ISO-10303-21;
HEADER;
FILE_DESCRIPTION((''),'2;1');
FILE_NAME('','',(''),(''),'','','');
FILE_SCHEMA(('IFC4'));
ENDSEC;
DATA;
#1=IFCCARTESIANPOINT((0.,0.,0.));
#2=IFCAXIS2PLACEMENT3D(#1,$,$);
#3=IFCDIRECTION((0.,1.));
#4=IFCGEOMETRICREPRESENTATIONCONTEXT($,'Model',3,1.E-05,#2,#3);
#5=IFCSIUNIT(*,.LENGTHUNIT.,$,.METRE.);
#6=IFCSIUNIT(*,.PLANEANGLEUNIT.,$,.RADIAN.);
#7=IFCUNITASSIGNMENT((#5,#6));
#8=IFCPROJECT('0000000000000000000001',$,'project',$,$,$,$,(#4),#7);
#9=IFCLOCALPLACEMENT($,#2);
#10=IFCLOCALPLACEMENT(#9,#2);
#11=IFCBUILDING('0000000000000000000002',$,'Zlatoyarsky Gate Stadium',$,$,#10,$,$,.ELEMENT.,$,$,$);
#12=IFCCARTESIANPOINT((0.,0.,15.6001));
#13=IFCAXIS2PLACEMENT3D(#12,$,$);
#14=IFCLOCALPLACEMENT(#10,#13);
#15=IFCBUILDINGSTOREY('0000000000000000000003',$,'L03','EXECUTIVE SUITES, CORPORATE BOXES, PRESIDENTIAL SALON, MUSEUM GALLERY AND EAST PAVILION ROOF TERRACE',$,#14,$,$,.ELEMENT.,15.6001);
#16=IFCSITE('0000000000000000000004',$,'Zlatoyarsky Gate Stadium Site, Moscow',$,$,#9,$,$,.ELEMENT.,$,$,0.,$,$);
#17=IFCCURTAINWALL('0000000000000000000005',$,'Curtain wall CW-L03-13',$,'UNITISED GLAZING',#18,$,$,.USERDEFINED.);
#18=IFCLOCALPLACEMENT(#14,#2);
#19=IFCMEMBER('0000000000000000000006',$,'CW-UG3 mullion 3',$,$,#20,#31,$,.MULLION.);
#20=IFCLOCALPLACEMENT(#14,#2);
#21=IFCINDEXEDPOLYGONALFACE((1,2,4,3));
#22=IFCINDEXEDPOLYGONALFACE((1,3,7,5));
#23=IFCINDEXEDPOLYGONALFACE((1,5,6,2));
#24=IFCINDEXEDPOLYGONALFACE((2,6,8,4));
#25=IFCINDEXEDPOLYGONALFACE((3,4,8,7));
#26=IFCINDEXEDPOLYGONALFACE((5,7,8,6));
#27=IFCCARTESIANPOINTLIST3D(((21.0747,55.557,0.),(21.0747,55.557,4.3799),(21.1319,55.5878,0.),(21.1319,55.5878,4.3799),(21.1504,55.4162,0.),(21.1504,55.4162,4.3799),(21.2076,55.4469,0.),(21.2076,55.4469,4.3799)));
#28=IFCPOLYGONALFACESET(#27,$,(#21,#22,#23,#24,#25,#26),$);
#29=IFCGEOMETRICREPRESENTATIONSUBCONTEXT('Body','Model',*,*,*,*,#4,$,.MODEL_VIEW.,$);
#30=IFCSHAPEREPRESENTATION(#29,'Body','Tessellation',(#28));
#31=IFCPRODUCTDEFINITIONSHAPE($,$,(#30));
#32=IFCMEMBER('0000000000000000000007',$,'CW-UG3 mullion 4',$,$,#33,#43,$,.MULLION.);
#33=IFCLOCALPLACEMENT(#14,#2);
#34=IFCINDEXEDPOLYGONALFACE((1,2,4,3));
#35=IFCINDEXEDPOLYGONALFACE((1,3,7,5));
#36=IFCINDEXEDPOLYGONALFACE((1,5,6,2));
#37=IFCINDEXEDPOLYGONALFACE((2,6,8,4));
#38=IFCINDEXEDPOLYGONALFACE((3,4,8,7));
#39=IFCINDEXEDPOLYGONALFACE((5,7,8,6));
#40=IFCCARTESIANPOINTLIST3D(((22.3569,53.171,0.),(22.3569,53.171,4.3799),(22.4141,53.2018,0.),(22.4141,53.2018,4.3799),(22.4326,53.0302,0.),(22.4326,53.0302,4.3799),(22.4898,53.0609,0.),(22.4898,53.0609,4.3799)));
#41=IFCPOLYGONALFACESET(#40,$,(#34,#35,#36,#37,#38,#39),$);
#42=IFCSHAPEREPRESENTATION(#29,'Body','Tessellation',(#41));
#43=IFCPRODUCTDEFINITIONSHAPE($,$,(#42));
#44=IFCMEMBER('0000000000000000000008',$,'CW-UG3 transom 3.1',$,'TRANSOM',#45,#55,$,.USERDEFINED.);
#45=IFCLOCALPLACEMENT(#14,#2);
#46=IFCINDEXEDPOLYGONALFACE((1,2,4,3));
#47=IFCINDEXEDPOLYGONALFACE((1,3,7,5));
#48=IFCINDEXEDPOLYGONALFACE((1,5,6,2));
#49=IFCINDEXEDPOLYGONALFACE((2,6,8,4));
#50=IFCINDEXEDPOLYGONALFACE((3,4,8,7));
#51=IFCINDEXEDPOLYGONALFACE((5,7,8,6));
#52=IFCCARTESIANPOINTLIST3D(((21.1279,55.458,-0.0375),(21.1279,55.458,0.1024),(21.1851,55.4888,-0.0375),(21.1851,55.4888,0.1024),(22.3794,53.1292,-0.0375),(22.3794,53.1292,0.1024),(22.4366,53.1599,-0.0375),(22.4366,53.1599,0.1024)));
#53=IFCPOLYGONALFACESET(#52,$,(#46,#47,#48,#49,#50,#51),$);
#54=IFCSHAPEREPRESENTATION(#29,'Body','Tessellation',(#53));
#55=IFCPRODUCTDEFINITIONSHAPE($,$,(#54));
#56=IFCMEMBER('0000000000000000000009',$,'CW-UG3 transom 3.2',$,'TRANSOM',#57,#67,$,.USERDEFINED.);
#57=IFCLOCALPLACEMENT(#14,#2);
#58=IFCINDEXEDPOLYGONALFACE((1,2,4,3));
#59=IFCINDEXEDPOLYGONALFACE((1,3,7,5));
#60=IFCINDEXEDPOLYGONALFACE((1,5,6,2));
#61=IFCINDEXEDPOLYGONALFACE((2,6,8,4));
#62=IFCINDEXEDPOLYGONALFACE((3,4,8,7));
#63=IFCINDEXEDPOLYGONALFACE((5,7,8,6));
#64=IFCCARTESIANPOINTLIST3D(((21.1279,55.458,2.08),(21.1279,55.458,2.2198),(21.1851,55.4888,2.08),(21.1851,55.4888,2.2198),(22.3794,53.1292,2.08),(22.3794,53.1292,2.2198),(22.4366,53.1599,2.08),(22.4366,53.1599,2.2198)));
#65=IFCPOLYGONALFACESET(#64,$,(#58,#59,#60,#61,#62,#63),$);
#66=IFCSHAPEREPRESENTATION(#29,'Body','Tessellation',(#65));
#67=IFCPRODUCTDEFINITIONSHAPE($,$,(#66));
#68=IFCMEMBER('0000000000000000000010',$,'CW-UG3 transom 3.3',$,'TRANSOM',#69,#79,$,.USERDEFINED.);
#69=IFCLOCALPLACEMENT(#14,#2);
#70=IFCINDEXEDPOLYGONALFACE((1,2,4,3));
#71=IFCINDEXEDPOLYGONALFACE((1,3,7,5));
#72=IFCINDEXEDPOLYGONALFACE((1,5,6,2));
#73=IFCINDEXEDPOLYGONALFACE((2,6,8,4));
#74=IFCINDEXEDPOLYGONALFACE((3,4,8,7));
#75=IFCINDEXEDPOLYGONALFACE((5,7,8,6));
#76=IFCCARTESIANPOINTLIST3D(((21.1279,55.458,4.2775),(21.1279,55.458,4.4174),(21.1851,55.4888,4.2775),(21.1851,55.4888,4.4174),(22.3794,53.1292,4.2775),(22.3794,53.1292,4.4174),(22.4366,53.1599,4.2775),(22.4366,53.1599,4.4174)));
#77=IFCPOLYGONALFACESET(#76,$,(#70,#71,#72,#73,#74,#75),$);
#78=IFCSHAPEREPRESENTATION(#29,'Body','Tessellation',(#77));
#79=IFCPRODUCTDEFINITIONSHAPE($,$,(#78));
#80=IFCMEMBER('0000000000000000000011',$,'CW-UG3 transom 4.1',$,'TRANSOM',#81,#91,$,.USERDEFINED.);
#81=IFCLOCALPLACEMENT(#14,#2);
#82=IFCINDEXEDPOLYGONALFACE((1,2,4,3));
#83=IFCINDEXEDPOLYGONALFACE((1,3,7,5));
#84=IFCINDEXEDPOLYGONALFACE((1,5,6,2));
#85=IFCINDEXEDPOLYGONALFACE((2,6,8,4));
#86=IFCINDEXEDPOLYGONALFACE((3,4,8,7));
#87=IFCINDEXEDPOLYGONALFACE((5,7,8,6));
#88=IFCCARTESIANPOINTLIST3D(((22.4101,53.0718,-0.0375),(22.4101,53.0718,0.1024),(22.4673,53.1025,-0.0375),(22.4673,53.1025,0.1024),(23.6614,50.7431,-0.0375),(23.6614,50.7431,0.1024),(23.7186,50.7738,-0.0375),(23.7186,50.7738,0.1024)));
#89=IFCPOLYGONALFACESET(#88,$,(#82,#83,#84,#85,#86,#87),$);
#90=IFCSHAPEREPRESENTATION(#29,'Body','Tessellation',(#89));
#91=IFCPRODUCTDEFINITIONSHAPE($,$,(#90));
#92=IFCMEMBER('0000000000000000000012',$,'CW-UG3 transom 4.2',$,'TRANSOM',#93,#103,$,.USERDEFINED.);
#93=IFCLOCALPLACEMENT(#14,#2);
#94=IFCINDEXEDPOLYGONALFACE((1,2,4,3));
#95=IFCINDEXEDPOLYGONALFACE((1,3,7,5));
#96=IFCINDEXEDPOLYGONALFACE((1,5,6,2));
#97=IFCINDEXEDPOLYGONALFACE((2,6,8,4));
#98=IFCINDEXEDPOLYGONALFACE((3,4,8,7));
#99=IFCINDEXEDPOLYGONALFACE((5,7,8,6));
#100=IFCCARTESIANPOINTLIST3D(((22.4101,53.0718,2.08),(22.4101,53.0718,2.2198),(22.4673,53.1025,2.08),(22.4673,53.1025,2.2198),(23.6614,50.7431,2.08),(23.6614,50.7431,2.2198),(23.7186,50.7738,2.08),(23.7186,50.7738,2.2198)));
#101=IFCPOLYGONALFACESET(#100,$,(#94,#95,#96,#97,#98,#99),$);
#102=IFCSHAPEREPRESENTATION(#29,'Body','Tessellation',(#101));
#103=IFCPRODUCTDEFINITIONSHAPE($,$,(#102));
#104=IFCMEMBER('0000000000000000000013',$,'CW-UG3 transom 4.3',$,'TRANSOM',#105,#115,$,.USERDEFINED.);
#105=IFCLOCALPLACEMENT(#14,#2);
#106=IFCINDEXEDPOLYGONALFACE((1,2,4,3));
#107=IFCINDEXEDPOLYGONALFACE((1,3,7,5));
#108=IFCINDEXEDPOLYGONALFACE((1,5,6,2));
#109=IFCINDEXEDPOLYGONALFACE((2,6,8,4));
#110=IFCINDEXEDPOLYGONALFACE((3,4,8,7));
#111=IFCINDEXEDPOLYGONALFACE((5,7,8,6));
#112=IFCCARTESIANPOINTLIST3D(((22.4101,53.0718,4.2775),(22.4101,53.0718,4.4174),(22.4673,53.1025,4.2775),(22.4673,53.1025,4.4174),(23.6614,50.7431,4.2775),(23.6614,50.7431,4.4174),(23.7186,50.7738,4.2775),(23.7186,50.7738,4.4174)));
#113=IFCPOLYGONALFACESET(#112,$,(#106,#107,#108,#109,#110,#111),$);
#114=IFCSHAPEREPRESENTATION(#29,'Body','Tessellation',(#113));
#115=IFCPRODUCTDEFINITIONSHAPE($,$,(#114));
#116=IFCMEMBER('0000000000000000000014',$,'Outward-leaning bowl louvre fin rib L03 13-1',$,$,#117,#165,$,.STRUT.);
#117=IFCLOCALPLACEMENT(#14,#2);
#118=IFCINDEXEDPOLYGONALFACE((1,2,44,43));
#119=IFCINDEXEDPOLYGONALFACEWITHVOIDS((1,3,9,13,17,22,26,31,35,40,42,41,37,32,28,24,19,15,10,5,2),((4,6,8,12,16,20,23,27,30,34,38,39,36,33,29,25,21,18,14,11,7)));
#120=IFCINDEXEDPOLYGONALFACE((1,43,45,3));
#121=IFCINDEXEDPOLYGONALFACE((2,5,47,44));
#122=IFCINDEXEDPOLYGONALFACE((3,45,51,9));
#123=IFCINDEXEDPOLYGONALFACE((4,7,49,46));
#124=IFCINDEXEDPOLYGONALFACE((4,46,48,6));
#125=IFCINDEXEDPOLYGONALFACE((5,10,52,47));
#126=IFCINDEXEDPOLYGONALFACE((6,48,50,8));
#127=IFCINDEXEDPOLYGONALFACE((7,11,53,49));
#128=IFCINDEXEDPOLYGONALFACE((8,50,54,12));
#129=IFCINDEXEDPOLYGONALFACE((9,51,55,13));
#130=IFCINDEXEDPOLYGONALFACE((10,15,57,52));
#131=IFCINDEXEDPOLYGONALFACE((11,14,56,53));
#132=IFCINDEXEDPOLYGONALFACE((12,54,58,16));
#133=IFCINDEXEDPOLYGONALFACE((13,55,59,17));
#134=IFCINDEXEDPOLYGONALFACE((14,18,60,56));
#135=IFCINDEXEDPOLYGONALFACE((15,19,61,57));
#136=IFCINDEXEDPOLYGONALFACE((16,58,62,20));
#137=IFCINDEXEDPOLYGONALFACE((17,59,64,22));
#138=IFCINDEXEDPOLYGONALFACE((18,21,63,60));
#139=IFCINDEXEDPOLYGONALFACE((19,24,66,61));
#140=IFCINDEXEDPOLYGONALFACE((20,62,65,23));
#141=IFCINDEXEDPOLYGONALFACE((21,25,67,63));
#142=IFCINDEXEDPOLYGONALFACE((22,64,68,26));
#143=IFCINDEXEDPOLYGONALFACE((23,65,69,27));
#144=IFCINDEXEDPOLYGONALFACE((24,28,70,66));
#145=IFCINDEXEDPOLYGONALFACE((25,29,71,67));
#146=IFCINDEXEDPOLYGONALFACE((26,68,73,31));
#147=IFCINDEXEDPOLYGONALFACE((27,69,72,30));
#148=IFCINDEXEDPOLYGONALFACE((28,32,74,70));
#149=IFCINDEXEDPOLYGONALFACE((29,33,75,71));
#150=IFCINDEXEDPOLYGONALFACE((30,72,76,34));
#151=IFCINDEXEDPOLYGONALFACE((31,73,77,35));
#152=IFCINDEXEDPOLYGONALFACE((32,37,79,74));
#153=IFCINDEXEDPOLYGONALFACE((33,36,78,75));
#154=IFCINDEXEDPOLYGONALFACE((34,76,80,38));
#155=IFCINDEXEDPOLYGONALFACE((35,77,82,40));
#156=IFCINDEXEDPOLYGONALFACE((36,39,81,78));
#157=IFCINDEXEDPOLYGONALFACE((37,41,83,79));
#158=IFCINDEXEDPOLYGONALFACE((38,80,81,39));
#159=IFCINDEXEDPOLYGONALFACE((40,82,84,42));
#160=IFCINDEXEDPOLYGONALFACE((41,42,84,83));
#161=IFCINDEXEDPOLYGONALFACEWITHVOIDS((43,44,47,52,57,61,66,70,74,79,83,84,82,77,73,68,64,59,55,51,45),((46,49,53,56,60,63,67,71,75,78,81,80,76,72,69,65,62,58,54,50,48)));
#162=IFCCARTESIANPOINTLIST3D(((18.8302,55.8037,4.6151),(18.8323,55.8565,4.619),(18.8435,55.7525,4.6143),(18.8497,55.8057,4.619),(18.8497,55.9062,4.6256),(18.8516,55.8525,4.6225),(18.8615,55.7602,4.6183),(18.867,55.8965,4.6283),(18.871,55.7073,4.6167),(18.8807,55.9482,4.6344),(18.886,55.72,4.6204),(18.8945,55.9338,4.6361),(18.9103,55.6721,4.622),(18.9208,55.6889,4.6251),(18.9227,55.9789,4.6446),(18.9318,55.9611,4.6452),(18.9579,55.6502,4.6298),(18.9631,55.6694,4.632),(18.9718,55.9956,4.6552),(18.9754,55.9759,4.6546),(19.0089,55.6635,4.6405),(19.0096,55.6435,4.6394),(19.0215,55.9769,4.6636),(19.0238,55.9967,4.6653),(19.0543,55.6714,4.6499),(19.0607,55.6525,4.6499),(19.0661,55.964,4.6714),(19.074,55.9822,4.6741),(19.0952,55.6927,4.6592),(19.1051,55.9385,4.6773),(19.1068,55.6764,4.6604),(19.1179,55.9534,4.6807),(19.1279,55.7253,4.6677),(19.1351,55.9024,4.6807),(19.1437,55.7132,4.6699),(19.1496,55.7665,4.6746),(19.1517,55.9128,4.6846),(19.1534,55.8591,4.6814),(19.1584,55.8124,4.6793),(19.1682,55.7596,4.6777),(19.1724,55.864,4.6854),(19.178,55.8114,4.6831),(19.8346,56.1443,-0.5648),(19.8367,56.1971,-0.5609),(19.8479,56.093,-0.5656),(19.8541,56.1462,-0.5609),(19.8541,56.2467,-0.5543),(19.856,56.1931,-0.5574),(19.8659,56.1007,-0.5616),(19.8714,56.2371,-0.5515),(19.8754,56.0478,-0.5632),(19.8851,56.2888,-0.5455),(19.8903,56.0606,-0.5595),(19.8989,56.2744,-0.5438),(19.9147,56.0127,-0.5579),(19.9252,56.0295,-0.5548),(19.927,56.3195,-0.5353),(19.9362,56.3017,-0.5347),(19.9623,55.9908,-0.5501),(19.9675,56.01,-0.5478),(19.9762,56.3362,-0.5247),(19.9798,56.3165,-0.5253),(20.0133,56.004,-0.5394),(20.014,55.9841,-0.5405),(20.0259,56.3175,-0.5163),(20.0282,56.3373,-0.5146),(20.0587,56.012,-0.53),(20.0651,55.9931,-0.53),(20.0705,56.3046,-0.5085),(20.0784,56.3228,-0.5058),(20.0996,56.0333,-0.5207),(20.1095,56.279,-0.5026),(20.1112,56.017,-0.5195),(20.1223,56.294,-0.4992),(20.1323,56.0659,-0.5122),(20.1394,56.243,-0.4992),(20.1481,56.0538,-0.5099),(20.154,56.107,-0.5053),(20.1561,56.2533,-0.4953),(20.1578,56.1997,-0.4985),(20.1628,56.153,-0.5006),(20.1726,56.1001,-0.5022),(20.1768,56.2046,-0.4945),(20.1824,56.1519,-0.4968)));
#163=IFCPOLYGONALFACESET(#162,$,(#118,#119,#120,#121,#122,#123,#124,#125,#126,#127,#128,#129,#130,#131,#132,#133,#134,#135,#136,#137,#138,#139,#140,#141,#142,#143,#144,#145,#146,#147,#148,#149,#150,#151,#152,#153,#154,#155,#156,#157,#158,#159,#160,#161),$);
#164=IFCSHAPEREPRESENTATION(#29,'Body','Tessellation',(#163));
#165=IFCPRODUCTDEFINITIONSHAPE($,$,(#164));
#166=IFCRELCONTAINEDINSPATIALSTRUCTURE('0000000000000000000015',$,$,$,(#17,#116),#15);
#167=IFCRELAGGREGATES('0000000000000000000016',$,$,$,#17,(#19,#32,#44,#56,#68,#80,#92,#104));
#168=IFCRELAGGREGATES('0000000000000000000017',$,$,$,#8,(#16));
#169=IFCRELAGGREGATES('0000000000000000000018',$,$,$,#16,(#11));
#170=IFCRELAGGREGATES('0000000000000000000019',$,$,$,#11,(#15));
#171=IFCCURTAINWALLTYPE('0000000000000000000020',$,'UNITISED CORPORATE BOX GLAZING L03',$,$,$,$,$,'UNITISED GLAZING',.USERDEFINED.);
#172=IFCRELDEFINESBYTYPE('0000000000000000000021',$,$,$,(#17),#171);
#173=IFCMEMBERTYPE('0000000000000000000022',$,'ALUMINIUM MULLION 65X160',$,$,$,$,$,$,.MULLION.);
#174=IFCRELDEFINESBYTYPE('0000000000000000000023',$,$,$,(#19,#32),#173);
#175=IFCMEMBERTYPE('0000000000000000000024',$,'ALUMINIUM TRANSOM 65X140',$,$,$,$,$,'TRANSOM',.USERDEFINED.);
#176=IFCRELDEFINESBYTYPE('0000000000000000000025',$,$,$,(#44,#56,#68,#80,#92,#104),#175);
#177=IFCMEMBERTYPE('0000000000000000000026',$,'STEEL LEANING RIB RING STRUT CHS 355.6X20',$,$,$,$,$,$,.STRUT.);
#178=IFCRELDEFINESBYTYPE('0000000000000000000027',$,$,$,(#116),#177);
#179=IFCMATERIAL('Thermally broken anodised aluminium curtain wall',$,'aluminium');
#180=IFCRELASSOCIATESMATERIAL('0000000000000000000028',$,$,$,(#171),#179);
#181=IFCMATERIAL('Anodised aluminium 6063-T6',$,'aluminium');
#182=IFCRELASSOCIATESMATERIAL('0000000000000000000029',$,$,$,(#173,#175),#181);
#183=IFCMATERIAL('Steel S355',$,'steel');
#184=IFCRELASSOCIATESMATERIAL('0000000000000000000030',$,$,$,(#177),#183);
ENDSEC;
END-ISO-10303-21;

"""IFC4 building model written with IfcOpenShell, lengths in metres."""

from ifc_helpers import new_model, si_unit, direction, frame, origin, origin_2d, place, context, subcontext, project, spatial, rectangle, hollow_circle, extrude, material, material_profile, profile_set, type_object, element, aggregate, save


model = new_model("IFC4")

# Units and contexts
model_context = context("Model", 3, precision=1e-05, world=origin(), true_north=direction((0.0, 1.0)))
body_context = subcontext(model_context, "Body", "Model", "MODEL_VIEW")
ifc_project = project(units=[si_unit("LENGTHUNIT", "METRE"), si_unit("PLANEANGLEUNIT", "RADIAN")], contexts=[model_context])

# Site, building, storey
site_placement = place(None, origin())
site = spatial("IfcSite", under=ifc_project, at=site_placement, Name="Zlatoyarsky Gate Stadium Site, Moscow", CompositionType="ELEMENT", RefElevation=0.0)
building_placement = place(site_placement, origin())
building = spatial("IfcBuilding", under=site, at=building_placement, Name="Zlatoyarsky Gate Stadium", CompositionType="ELEMENT")
storey_placement = place(building_placement, frame((0.0, 0.0, 15.6001)))
storey = spatial("IfcBuildingStorey", under=building, at=storey_placement, Name="L03", Description="EXECUTIVE SUITES, CORPORATE BOXES, PRESIDENTIAL SALON, MUSEUM GALLERY AND EAST PAVILION ROOF TERRACE", CompositionType="ELEMENT", Elevation=15.6001)

# Curtain wall, members
ifc_material_1 = material(Name="Thermally broken anodised aluminium curtain wall", Category="aluminium")
curtain_wall_type = type_object("IfcCurtainWallType", Name="UNITISED CORPORATE BOX GLAZING L03", ElementType="UNITISED GLAZING", PredefinedType="USERDEFINED", material=ifc_material_1)
curtain_wall_placement = place(storey_placement, origin())
curtain_wall = element("IfcCurtainWall", 1, at=curtain_wall_placement, inside=storey, type_object=curtain_wall_type, Name="Curtain wall CW-L03-13", ObjectType="UNITISED GLAZING", PredefinedType="USERDEFINED")
ifc_material_2 = material(Name="Anodised aluminium 6063-T6", Category="aluminium")
ifc_material_profile_1 = material_profile(ifc_material_2, rectangle(XDim=0.0649, YDim=0.1599, at=origin_2d()), Name="ALU 65X160")
ifc_profile_set_1 = profile_set([ifc_material_profile_1], Name="Anodised aluminium 6063-T6")
member_type_1 = type_object("IfcMemberType", Name="ALUMINIUM MULLION 65X160", PredefinedType="MULLION", material=ifc_profile_set_1)
member_1_placement = place(storey_placement, frame((21.1411, 55.502, 0.0), z_axis=(0.0, 0.0, 1.0), x_axis=(0.880877, 0.473345, 0.0)))
member_1 = element("IfcMember", 2, at=member_1_placement, type_object=member_type_1, Name="CW-UG3 mullion 3", PredefinedType="MULLION", context=body_context, shape_type="SweptSolid", body=[
    extrude(rectangle(XDim=0.0649, YDim=0.1599, at=origin_2d()), origin(), (0.0, 0.0, 1.0), 4.3799),
])
member_2_placement = place(storey_placement, frame((22.4233, 53.116, 0.0), z_axis=(0.0, 0.0, 1.0), x_axis=(0.880877, 0.473345, 0.0)))
member_2 = element("IfcMember", 3, at=member_2_placement, type_object=member_type_1, Name="CW-UG3 mullion 4", PredefinedType="MULLION", context=body_context, shape_type="SweptSolid", body=[
    extrude(rectangle(XDim=0.0649, YDim=0.1599, at=origin_2d()), origin(), (0.0, 0.0, 1.0), 4.3799),
])
ifc_material_profile_2 = material_profile(ifc_material_2, rectangle(XDim=0.0649, YDim=0.1399, at=origin_2d()), Name="ALU 65X140")
ifc_profile_set_2 = profile_set([ifc_material_profile_2], Name="Anodised aluminium 6063-T6")
member_type_2 = type_object("IfcMemberType", Name="ALUMINIUM TRANSOM 65X140", ElementType="TRANSOM", PredefinedType="USERDEFINED", material=ifc_profile_set_2)
member_3_placement = place(storey_placement, frame((21.1565, 55.4734, 0.0325), z_axis=(0.473356, -0.880871, 0.0), x_axis=(0.880871, 0.473356, 0.0)))
member_3 = element("IfcMember", 4, at=member_3_placement, type_object=member_type_2, Name="CW-UG3 transom 3.1", ObjectType="TRANSOM", PredefinedType="USERDEFINED", context=body_context, shape_type="SweptSolid", body=[
    extrude(rectangle(XDim=0.0649, YDim=0.1399, at=origin_2d()), origin(), (0.0, 0.0, 1.0), 2.6438),
])
member_4_placement = place(storey_placement, frame((21.1565, 55.4734, 2.1499), z_axis=(0.473356, -0.880871, 0.0), x_axis=(0.880871, 0.473356, 0.0)))
member_4 = element("IfcMember", 5, at=member_4_placement, type_object=member_type_2, Name="CW-UG3 transom 3.2", ObjectType="TRANSOM", PredefinedType="USERDEFINED", context=body_context, shape_type="SweptSolid", body=[
    extrude(rectangle(XDim=0.0649, YDim=0.1399, at=origin_2d()), origin(), (0.0, 0.0, 1.0), 2.6438),
])
member_5_placement = place(storey_placement, frame((21.1565, 55.4734, 4.3474), z_axis=(0.473356, -0.880871, 0.0), x_axis=(0.880871, 0.473356, 0.0)))
member_5 = element("IfcMember", 6, at=member_5_placement, type_object=member_type_2, Name="CW-UG3 transom 3.3", ObjectType="TRANSOM", PredefinedType="USERDEFINED", context=body_context, shape_type="SweptSolid", body=[
    extrude(rectangle(XDim=0.0649, YDim=0.1399, at=origin_2d()), origin(), (0.0, 0.0, 1.0), 2.6438),
])
member_6_placement = place(storey_placement, frame((22.4387, 53.0872, 0.0325), z_axis=(0.473323, -0.880889, 0.0), x_axis=(0.880889, 0.473323, 0.0)))
member_6 = element("IfcMember", 7, at=member_6_placement, type_object=member_type_2, Name="CW-UG3 transom 4.1", ObjectType="TRANSOM", PredefinedType="USERDEFINED", context=body_context, shape_type="SweptSolid", body=[
    extrude(rectangle(XDim=0.0649, YDim=0.1399, at=origin_2d()), origin(), (0.0, 0.0, 1.0), 2.6436),
])
member_7_placement = place(storey_placement, frame((22.4387, 53.0872, 2.1499), z_axis=(0.473323, -0.880889, 0.0), x_axis=(0.880889, 0.473323, 0.0)))
member_7 = element("IfcMember", 8, at=member_7_placement, type_object=member_type_2, Name="CW-UG3 transom 4.2", ObjectType="TRANSOM", PredefinedType="USERDEFINED", context=body_context, shape_type="SweptSolid", body=[
    extrude(rectangle(XDim=0.0649, YDim=0.1399, at=origin_2d()), origin(), (0.0, 0.0, 1.0), 2.6436),
])
member_8_placement = place(storey_placement, frame((22.4387, 53.0872, 4.3474), z_axis=(0.473323, -0.880889, 0.0), x_axis=(0.880889, 0.473323, 0.0)))
member_8 = element("IfcMember", 9, at=member_8_placement, type_object=member_type_2, Name="CW-UG3 transom 4.3", ObjectType="TRANSOM", PredefinedType="USERDEFINED", context=body_context, shape_type="SweptSolid", body=[
    extrude(rectangle(XDim=0.0649, YDim=0.1399, at=origin_2d()), origin(), (0.0, 0.0, 1.0), 2.6436),
])

# Member
ifc_material_3 = material(Name="Steel S355", Category="steel")
ifc_material_profile_3 = material_profile(ifc_material_3, hollow_circle(Radius=0.1777, WallThickness=0.02, at=origin_2d()), Name="CHS 355.6X20")
ifc_profile_set_3 = profile_set([ifc_material_profile_3], Name="Steel S355")
member_type_3 = type_object("IfcMemberType", Name="STEEL LEANING RIB RING STRUT CHS 355.6X20", PredefinedType="STRUT", material=ifc_profile_set_3)
member_9_placement = place(storey_placement, frame((20.0081, 56.1614, -0.53), z_axis=(-0.18996, -0.064413, 0.979676), x_axis=(0.321127, -0.947036, 0.0)))
element("IfcMember", 10, at=member_9_placement, inside=storey, type_object=member_type_3, Name="Outward-leaning bowl louvre fin rib L03 13-1", PredefinedType="STRUT", context=body_context, shape_type="SweptSolid", body=[
    extrude(hollow_circle(Radius=0.1777, WallThickness=0.02, at=origin_2d()), origin(), (0.0, 0.0, 1.0), 5.2874),
])

aggregate(curtain_wall, [member_1, member_2, member_3, member_4, member_5, member_6, member_7, member_8])

save(model, "model.ifc")
